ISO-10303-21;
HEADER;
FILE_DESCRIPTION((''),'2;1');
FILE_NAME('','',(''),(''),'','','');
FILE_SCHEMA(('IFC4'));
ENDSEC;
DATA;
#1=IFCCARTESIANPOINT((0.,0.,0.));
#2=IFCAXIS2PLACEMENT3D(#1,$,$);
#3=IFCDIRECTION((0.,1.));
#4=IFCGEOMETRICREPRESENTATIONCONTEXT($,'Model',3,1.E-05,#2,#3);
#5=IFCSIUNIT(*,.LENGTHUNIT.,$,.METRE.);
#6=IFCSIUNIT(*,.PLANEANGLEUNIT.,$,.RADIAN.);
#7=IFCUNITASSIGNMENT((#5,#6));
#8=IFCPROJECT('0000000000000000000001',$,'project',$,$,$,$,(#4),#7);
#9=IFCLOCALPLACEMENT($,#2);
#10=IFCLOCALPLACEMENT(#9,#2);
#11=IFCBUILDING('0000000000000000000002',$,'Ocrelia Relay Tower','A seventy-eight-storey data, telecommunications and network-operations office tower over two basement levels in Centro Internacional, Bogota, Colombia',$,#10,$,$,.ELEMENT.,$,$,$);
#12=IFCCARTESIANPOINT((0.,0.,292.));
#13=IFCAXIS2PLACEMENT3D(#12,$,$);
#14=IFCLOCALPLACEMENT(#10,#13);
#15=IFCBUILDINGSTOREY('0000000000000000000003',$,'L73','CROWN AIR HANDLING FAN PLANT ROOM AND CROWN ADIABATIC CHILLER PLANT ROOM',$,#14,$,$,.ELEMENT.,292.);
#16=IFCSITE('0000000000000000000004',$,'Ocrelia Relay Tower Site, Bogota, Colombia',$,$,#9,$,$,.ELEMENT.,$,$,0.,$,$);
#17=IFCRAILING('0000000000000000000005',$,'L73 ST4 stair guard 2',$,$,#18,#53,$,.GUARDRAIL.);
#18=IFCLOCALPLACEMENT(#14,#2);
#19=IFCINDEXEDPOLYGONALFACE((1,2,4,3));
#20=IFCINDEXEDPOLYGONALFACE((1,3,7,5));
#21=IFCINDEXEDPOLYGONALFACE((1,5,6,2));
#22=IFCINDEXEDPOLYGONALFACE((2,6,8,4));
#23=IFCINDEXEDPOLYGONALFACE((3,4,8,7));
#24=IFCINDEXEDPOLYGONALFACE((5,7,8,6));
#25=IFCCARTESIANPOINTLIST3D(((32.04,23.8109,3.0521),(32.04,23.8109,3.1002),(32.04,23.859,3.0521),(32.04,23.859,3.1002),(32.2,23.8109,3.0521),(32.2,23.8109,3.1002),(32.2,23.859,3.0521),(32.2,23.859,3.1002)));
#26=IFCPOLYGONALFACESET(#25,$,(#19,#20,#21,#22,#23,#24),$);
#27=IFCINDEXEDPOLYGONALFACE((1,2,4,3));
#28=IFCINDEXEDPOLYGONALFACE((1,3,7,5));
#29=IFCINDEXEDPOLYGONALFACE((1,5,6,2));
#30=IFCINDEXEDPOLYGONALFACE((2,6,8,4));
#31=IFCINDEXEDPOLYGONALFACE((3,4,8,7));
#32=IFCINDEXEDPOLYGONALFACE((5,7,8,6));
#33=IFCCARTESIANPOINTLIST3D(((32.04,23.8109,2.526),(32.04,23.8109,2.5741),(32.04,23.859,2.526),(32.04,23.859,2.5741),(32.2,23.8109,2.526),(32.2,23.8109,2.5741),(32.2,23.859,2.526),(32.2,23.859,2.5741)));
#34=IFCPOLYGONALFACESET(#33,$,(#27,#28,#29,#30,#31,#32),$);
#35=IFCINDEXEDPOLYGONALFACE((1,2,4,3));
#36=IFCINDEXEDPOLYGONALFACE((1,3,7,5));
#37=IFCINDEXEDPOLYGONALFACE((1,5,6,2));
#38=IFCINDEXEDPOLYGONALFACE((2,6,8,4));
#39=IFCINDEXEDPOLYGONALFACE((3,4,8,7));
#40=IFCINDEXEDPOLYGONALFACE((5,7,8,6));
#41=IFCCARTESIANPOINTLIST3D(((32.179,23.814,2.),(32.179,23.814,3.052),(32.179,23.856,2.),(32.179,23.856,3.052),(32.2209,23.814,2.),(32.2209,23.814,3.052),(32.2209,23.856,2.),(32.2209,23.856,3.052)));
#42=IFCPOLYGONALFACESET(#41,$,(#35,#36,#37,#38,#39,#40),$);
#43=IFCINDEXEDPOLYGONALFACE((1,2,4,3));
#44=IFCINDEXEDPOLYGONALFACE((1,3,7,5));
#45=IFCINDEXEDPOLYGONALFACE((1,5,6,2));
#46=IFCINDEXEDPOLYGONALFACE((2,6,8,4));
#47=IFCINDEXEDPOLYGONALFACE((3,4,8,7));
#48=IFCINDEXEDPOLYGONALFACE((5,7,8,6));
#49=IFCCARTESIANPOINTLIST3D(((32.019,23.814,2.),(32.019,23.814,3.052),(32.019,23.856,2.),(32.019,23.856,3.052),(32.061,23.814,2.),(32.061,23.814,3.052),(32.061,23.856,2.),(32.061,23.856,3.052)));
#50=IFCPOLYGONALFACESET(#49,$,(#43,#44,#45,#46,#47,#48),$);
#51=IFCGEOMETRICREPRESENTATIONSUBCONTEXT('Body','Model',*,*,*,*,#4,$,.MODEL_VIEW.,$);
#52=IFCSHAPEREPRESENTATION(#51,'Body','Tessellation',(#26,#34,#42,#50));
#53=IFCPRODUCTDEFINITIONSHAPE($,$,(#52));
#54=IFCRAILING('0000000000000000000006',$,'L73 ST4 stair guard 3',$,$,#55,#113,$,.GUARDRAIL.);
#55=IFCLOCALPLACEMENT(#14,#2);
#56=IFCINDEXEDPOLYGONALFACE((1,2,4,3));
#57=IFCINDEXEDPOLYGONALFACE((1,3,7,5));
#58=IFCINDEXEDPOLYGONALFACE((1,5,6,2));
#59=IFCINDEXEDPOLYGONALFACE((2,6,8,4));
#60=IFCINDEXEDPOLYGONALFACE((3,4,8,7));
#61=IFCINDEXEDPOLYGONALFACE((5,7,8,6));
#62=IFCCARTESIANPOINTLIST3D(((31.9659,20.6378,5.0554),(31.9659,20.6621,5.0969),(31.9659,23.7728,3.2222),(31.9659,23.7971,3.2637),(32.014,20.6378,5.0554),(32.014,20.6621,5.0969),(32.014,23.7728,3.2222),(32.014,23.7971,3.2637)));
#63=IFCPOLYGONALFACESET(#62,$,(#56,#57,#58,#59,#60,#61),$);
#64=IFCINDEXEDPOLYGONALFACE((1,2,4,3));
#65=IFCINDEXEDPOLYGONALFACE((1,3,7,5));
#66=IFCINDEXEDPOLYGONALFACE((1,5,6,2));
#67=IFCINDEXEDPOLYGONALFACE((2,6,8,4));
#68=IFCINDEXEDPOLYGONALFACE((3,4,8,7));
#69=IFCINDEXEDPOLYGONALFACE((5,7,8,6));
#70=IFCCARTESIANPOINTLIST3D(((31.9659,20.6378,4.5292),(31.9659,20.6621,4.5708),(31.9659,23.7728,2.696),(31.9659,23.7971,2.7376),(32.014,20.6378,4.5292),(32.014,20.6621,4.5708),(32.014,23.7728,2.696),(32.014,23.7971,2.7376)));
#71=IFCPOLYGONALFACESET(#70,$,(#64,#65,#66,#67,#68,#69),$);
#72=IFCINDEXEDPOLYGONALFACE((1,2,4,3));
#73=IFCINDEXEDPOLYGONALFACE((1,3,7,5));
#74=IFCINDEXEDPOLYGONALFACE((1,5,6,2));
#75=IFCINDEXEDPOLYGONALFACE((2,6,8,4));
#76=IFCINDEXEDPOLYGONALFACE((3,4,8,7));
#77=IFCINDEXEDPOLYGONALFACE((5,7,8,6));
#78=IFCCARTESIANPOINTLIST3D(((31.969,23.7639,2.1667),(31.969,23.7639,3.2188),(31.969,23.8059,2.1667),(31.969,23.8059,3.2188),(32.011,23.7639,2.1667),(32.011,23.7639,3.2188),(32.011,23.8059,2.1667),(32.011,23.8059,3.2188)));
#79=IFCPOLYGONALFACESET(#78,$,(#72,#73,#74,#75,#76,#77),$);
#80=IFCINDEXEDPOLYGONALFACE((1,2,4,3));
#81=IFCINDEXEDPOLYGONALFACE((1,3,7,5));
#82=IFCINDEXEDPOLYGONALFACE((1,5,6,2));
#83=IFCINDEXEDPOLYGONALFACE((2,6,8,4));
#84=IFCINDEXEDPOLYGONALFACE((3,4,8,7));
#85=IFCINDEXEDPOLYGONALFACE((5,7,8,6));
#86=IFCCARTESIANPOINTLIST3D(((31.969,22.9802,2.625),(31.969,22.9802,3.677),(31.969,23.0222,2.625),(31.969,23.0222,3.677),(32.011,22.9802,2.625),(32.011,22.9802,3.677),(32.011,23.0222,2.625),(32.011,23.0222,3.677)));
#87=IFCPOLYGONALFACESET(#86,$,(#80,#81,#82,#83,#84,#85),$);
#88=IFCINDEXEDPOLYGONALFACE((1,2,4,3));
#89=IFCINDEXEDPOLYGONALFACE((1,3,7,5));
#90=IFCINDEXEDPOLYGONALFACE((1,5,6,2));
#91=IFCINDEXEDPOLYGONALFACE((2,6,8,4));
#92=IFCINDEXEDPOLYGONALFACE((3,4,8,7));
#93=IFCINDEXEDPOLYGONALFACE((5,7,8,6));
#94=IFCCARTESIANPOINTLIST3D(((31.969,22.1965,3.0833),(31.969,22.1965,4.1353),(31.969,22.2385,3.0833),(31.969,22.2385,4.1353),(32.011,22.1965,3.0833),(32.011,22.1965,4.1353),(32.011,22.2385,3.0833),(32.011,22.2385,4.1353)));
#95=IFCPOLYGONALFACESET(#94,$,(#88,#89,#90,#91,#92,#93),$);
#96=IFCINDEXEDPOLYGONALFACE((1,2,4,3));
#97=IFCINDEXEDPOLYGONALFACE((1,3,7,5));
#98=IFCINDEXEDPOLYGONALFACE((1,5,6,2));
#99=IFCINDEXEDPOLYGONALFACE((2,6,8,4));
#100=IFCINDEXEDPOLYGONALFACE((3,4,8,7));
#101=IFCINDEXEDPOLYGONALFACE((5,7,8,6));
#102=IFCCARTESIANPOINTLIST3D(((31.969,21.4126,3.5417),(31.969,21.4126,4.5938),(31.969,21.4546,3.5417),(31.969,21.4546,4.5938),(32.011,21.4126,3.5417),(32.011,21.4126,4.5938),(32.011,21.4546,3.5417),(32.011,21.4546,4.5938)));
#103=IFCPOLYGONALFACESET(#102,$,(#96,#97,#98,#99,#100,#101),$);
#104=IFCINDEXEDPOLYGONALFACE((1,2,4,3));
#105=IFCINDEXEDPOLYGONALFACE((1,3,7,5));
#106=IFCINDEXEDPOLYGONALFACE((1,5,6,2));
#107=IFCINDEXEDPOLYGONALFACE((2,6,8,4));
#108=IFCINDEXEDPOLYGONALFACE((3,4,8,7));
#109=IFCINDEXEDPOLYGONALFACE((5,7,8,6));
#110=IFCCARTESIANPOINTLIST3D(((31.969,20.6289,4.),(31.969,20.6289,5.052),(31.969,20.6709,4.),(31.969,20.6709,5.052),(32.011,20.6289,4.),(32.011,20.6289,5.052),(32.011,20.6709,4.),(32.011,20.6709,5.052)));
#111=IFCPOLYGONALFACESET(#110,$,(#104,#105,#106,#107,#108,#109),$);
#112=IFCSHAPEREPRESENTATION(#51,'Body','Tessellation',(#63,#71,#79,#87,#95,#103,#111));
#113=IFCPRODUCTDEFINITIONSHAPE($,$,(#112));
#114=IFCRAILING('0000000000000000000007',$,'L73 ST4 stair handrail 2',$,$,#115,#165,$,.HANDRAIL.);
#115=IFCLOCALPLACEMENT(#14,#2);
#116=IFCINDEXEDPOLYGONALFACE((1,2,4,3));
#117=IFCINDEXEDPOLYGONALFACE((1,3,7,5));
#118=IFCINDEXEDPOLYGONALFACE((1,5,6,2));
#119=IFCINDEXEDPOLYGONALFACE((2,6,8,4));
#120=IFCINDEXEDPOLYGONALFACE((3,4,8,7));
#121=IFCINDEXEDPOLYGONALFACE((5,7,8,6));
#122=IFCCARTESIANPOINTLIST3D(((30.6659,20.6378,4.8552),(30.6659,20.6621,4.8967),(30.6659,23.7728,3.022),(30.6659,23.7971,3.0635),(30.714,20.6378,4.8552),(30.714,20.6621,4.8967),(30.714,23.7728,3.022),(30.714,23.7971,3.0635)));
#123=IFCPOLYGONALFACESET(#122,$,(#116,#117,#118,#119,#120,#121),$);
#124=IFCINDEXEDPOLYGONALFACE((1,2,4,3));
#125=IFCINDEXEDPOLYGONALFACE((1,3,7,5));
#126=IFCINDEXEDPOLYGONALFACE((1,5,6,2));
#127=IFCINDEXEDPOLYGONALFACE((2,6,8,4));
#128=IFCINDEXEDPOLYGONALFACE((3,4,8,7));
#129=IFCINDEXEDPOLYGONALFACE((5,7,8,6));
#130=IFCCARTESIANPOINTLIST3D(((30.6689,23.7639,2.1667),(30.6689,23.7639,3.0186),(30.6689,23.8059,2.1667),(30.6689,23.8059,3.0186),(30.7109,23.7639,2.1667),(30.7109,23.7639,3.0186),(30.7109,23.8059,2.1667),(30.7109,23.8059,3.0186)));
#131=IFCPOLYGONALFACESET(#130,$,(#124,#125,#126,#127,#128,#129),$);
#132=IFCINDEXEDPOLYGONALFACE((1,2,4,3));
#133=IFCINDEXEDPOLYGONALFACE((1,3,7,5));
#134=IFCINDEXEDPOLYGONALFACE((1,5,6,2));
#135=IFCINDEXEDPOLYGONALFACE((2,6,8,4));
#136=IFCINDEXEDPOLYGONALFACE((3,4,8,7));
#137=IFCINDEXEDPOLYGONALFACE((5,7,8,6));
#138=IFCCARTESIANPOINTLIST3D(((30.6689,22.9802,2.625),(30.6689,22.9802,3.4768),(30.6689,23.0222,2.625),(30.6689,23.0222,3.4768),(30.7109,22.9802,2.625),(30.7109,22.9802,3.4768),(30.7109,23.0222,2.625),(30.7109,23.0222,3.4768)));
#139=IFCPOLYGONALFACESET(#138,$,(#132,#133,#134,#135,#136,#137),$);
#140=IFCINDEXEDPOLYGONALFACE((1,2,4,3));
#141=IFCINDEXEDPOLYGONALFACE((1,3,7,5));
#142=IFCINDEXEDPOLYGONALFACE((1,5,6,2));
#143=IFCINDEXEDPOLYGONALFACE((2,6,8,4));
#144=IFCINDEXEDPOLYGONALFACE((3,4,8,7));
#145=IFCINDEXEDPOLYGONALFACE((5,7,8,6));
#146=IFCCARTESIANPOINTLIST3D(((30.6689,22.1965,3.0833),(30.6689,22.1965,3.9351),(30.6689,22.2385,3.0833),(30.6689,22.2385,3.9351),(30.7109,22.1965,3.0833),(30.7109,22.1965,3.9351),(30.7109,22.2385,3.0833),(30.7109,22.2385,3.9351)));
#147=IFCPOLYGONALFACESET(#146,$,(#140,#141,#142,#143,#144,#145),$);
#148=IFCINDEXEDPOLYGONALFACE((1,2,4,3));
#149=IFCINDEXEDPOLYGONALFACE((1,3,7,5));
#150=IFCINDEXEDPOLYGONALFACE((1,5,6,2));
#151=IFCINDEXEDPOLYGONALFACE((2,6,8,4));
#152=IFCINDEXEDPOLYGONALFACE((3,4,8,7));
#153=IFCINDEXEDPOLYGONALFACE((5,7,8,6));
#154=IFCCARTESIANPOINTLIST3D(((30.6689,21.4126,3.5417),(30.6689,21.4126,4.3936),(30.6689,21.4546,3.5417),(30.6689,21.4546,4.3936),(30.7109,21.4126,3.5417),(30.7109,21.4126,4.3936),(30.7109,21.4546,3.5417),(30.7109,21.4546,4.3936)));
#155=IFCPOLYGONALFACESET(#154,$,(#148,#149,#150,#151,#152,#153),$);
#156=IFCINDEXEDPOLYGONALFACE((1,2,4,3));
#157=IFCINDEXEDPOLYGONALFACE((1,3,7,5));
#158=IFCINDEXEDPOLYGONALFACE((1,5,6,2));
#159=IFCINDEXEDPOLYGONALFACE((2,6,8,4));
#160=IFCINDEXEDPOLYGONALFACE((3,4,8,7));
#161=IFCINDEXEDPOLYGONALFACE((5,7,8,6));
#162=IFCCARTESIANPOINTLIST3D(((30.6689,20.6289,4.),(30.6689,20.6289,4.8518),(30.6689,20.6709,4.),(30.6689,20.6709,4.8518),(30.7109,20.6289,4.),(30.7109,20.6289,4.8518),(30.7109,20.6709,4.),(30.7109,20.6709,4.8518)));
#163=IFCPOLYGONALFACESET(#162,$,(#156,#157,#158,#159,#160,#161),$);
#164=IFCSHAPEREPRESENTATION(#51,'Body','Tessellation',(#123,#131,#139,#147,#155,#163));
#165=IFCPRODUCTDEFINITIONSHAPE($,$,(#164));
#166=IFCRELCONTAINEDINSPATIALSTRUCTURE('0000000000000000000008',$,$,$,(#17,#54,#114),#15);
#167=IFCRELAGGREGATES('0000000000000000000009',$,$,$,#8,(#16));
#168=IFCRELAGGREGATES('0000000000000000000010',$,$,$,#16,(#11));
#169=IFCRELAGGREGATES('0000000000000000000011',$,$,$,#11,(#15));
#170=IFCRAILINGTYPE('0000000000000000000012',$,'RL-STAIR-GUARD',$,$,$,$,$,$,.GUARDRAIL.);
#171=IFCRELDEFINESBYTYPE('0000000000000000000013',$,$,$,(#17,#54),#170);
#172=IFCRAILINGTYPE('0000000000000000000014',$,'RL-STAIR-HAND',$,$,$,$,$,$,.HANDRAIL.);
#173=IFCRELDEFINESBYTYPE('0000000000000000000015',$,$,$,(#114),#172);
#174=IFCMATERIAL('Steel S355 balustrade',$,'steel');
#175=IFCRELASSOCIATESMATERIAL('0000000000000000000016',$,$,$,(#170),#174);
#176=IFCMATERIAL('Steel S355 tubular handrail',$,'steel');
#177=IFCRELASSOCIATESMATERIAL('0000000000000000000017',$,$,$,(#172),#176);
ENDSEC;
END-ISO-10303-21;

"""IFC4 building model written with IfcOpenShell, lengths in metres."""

from ifc_helpers import new_model, si_unit, direction, frame, origin, origin_2d, place, context, subcontext, project, spatial, rectangle, extrude, material, type_object, element, save


model = new_model("IFC4")

# Units and contexts
model_context = context("Model", 3, precision=1e-05, world=origin(), true_north=direction((0.0, 1.0)))
body_context = subcontext(model_context, "Body", "Model", "MODEL_VIEW")
ifc_project = project(units=[si_unit("LENGTHUNIT", "METRE"), si_unit("PLANEANGLEUNIT", "RADIAN")], contexts=[model_context])

# Site, building, storey
site_placement = place(None, origin())
site = spatial("IfcSite", under=ifc_project, at=site_placement, Name="Ocrelia Relay Tower Site, Bogota, Colombia", CompositionType="ELEMENT", RefElevation=0.0)
building_placement = place(site_placement, origin())
building = spatial("IfcBuilding", under=site, at=building_placement, Name="Ocrelia Relay Tower", Description="A seventy-eight-storey data, telecommunications and network-operations office tower over two basement levels in Centro Internacional, Bogota, Colombia", CompositionType="ELEMENT")
storey_placement = place(building_placement, frame((0.0, 0.0, 292.0)))
storey = spatial("IfcBuildingStorey", under=building, at=storey_placement, Name="L73", Description="CROWN AIR HANDLING FAN PLANT ROOM AND CROWN ADIABATIC CHILLER PLANT ROOM", CompositionType="ELEMENT", Elevation=292.0)

# Railings
ifc_material_1 = material(Name="Steel S355 balustrade", Category="steel")
railing_type_1 = type_object("IfcRailingType", Name="RL-STAIR-GUARD", PredefinedType="GUARDRAIL", material=ifc_material_1)
railing_1_placement = place(storey_placement, frame((32.2, 23.835, 2.0)))
element("IfcRailing", 1, at=railing_1_placement, inside=storey, type_object=railing_type_1, Name="L73 ST4 stair guard 2", PredefinedType="GUARDRAIL", context=body_context, shape_type="SweptSolid", body=[
    extrude(rectangle(XDim=0.0481, YDim=0.0481, at=origin_2d()), frame((0.0, 0.0, 1.0762), z_axis=(-1.0, 0.0, 0.0), x_axis=(0.0, -1.0, 0.0)), (0.0, 0.0, 1.0), 0.1599),
    extrude(rectangle(XDim=0.0481, YDim=0.0481, at=origin_2d()), frame((0.0, 0.0, 0.55), z_axis=(-1.0, 0.0, 0.0), x_axis=(0.0, -1.0, 0.0)), (0.0, 0.0, 1.0), 0.1599),
    extrude(rectangle(XDim=0.042, YDim=0.042, at=origin_2d()), origin(), (0.0, 0.0, 1.0), 1.052),
    extrude(rectangle(XDim=0.042, YDim=0.042, at=origin_2d()), frame((-0.1599, 0.0, 0.0)), (0.0, 0.0, 1.0), 1.052),
])
railing_2_placement = place(storey_placement, frame((31.99, 23.7849, 2.1667)))
element("IfcRailing", 2, at=railing_2_placement, inside=storey, type_object=railing_type_1, Name="L73 ST4 stair guard 3", PredefinedType="GUARDRAIL", context=body_context, shape_type="SweptSolid", body=[
    extrude(rectangle(XDim=0.0481, YDim=0.0481, at=origin_2d()), frame((0.0, 0.0, 1.0762), z_axis=(0.0, -0.86324, 0.504794), x_axis=(1.0, 0.0, 0.0)), (0.0, 0.0, 1.0), 3.6316),
    extrude(rectangle(XDim=0.0481, YDim=0.0481, at=origin_2d()), frame((0.0, 0.0, 0.55), z_axis=(0.0, -0.86324, 0.504794), x_axis=(1.0, 0.0, 0.0)), (0.0, 0.0, 1.0), 3.6316),
    extrude(rectangle(XDim=0.042, YDim=0.042, at=origin_2d()), origin(), (0.0, 0.0, 1.0), 1.052),
    extrude(rectangle(XDim=0.042, YDim=0.042, at=origin_2d()), frame((0.0, -0.7837, 0.4583)), (0.0, 0.0, 1.0), 1.052),
    extrude(rectangle(XDim=0.042, YDim=0.042, at=origin_2d()), frame((0.0, -1.5674, 0.9165)), (0.0, 0.0, 1.0), 1.052),
    extrude(rectangle(XDim=0.042, YDim=0.042, at=origin_2d()), frame((0.0, -2.3513, 1.375)), (0.0, 0.0, 1.0), 1.052),
    extrude(rectangle(XDim=0.042, YDim=0.042, at=origin_2d()), frame((0.0, -3.135, 1.8333)), (0.0, 0.0, 1.0), 1.052),
])
ifc_material_2 = material(Name="Steel S355 tubular handrail", Category="steel")
railing_type_2 = type_object("IfcRailingType", Name="RL-STAIR-HAND", PredefinedType="HANDRAIL", material=ifc_material_2)
railing_3_placement = place(storey_placement, frame((30.6899, 23.7849, 2.1667)))
element("IfcRailing", 3, at=railing_3_placement, inside=storey, type_object=railing_type_2, Name="L73 ST4 stair handrail 2", PredefinedType="HANDRAIL", context=body_context, shape_type="SweptSolid", body=[
    extrude(rectangle(XDim=0.0481, YDim=0.0481, at=origin_2d()), frame((0.0, 0.0, 0.876), z_axis=(0.0, -0.86324, 0.504794), x_axis=(1.0, 0.0, 0.0)), (0.0, 0.0, 1.0), 3.6316),
    extrude(rectangle(XDim=0.042, YDim=0.042, at=origin_2d()), origin(), (0.0, 0.0, 1.0), 0.8518),
    extrude(rectangle(XDim=0.042, YDim=0.042, at=origin_2d()), frame((0.0, -0.7837, 0.4583)), (0.0, 0.0, 1.0), 0.8518),
    extrude(rectangle(XDim=0.042, YDim=0.042, at=origin_2d()), frame((0.0, -1.5674, 0.9165)), (0.0, 0.0, 1.0), 0.8518),
    extrude(rectangle(XDim=0.042, YDim=0.042, at=origin_2d()), frame((0.0, -2.3513, 1.375)), (0.0, 0.0, 1.0), 0.8518),
    extrude(rectangle(XDim=0.042, YDim=0.042, at=origin_2d()), frame((0.0, -3.135, 1.8333)), (0.0, 0.0, 1.0), 0.8518),
])

save(model, "model.ifc")
